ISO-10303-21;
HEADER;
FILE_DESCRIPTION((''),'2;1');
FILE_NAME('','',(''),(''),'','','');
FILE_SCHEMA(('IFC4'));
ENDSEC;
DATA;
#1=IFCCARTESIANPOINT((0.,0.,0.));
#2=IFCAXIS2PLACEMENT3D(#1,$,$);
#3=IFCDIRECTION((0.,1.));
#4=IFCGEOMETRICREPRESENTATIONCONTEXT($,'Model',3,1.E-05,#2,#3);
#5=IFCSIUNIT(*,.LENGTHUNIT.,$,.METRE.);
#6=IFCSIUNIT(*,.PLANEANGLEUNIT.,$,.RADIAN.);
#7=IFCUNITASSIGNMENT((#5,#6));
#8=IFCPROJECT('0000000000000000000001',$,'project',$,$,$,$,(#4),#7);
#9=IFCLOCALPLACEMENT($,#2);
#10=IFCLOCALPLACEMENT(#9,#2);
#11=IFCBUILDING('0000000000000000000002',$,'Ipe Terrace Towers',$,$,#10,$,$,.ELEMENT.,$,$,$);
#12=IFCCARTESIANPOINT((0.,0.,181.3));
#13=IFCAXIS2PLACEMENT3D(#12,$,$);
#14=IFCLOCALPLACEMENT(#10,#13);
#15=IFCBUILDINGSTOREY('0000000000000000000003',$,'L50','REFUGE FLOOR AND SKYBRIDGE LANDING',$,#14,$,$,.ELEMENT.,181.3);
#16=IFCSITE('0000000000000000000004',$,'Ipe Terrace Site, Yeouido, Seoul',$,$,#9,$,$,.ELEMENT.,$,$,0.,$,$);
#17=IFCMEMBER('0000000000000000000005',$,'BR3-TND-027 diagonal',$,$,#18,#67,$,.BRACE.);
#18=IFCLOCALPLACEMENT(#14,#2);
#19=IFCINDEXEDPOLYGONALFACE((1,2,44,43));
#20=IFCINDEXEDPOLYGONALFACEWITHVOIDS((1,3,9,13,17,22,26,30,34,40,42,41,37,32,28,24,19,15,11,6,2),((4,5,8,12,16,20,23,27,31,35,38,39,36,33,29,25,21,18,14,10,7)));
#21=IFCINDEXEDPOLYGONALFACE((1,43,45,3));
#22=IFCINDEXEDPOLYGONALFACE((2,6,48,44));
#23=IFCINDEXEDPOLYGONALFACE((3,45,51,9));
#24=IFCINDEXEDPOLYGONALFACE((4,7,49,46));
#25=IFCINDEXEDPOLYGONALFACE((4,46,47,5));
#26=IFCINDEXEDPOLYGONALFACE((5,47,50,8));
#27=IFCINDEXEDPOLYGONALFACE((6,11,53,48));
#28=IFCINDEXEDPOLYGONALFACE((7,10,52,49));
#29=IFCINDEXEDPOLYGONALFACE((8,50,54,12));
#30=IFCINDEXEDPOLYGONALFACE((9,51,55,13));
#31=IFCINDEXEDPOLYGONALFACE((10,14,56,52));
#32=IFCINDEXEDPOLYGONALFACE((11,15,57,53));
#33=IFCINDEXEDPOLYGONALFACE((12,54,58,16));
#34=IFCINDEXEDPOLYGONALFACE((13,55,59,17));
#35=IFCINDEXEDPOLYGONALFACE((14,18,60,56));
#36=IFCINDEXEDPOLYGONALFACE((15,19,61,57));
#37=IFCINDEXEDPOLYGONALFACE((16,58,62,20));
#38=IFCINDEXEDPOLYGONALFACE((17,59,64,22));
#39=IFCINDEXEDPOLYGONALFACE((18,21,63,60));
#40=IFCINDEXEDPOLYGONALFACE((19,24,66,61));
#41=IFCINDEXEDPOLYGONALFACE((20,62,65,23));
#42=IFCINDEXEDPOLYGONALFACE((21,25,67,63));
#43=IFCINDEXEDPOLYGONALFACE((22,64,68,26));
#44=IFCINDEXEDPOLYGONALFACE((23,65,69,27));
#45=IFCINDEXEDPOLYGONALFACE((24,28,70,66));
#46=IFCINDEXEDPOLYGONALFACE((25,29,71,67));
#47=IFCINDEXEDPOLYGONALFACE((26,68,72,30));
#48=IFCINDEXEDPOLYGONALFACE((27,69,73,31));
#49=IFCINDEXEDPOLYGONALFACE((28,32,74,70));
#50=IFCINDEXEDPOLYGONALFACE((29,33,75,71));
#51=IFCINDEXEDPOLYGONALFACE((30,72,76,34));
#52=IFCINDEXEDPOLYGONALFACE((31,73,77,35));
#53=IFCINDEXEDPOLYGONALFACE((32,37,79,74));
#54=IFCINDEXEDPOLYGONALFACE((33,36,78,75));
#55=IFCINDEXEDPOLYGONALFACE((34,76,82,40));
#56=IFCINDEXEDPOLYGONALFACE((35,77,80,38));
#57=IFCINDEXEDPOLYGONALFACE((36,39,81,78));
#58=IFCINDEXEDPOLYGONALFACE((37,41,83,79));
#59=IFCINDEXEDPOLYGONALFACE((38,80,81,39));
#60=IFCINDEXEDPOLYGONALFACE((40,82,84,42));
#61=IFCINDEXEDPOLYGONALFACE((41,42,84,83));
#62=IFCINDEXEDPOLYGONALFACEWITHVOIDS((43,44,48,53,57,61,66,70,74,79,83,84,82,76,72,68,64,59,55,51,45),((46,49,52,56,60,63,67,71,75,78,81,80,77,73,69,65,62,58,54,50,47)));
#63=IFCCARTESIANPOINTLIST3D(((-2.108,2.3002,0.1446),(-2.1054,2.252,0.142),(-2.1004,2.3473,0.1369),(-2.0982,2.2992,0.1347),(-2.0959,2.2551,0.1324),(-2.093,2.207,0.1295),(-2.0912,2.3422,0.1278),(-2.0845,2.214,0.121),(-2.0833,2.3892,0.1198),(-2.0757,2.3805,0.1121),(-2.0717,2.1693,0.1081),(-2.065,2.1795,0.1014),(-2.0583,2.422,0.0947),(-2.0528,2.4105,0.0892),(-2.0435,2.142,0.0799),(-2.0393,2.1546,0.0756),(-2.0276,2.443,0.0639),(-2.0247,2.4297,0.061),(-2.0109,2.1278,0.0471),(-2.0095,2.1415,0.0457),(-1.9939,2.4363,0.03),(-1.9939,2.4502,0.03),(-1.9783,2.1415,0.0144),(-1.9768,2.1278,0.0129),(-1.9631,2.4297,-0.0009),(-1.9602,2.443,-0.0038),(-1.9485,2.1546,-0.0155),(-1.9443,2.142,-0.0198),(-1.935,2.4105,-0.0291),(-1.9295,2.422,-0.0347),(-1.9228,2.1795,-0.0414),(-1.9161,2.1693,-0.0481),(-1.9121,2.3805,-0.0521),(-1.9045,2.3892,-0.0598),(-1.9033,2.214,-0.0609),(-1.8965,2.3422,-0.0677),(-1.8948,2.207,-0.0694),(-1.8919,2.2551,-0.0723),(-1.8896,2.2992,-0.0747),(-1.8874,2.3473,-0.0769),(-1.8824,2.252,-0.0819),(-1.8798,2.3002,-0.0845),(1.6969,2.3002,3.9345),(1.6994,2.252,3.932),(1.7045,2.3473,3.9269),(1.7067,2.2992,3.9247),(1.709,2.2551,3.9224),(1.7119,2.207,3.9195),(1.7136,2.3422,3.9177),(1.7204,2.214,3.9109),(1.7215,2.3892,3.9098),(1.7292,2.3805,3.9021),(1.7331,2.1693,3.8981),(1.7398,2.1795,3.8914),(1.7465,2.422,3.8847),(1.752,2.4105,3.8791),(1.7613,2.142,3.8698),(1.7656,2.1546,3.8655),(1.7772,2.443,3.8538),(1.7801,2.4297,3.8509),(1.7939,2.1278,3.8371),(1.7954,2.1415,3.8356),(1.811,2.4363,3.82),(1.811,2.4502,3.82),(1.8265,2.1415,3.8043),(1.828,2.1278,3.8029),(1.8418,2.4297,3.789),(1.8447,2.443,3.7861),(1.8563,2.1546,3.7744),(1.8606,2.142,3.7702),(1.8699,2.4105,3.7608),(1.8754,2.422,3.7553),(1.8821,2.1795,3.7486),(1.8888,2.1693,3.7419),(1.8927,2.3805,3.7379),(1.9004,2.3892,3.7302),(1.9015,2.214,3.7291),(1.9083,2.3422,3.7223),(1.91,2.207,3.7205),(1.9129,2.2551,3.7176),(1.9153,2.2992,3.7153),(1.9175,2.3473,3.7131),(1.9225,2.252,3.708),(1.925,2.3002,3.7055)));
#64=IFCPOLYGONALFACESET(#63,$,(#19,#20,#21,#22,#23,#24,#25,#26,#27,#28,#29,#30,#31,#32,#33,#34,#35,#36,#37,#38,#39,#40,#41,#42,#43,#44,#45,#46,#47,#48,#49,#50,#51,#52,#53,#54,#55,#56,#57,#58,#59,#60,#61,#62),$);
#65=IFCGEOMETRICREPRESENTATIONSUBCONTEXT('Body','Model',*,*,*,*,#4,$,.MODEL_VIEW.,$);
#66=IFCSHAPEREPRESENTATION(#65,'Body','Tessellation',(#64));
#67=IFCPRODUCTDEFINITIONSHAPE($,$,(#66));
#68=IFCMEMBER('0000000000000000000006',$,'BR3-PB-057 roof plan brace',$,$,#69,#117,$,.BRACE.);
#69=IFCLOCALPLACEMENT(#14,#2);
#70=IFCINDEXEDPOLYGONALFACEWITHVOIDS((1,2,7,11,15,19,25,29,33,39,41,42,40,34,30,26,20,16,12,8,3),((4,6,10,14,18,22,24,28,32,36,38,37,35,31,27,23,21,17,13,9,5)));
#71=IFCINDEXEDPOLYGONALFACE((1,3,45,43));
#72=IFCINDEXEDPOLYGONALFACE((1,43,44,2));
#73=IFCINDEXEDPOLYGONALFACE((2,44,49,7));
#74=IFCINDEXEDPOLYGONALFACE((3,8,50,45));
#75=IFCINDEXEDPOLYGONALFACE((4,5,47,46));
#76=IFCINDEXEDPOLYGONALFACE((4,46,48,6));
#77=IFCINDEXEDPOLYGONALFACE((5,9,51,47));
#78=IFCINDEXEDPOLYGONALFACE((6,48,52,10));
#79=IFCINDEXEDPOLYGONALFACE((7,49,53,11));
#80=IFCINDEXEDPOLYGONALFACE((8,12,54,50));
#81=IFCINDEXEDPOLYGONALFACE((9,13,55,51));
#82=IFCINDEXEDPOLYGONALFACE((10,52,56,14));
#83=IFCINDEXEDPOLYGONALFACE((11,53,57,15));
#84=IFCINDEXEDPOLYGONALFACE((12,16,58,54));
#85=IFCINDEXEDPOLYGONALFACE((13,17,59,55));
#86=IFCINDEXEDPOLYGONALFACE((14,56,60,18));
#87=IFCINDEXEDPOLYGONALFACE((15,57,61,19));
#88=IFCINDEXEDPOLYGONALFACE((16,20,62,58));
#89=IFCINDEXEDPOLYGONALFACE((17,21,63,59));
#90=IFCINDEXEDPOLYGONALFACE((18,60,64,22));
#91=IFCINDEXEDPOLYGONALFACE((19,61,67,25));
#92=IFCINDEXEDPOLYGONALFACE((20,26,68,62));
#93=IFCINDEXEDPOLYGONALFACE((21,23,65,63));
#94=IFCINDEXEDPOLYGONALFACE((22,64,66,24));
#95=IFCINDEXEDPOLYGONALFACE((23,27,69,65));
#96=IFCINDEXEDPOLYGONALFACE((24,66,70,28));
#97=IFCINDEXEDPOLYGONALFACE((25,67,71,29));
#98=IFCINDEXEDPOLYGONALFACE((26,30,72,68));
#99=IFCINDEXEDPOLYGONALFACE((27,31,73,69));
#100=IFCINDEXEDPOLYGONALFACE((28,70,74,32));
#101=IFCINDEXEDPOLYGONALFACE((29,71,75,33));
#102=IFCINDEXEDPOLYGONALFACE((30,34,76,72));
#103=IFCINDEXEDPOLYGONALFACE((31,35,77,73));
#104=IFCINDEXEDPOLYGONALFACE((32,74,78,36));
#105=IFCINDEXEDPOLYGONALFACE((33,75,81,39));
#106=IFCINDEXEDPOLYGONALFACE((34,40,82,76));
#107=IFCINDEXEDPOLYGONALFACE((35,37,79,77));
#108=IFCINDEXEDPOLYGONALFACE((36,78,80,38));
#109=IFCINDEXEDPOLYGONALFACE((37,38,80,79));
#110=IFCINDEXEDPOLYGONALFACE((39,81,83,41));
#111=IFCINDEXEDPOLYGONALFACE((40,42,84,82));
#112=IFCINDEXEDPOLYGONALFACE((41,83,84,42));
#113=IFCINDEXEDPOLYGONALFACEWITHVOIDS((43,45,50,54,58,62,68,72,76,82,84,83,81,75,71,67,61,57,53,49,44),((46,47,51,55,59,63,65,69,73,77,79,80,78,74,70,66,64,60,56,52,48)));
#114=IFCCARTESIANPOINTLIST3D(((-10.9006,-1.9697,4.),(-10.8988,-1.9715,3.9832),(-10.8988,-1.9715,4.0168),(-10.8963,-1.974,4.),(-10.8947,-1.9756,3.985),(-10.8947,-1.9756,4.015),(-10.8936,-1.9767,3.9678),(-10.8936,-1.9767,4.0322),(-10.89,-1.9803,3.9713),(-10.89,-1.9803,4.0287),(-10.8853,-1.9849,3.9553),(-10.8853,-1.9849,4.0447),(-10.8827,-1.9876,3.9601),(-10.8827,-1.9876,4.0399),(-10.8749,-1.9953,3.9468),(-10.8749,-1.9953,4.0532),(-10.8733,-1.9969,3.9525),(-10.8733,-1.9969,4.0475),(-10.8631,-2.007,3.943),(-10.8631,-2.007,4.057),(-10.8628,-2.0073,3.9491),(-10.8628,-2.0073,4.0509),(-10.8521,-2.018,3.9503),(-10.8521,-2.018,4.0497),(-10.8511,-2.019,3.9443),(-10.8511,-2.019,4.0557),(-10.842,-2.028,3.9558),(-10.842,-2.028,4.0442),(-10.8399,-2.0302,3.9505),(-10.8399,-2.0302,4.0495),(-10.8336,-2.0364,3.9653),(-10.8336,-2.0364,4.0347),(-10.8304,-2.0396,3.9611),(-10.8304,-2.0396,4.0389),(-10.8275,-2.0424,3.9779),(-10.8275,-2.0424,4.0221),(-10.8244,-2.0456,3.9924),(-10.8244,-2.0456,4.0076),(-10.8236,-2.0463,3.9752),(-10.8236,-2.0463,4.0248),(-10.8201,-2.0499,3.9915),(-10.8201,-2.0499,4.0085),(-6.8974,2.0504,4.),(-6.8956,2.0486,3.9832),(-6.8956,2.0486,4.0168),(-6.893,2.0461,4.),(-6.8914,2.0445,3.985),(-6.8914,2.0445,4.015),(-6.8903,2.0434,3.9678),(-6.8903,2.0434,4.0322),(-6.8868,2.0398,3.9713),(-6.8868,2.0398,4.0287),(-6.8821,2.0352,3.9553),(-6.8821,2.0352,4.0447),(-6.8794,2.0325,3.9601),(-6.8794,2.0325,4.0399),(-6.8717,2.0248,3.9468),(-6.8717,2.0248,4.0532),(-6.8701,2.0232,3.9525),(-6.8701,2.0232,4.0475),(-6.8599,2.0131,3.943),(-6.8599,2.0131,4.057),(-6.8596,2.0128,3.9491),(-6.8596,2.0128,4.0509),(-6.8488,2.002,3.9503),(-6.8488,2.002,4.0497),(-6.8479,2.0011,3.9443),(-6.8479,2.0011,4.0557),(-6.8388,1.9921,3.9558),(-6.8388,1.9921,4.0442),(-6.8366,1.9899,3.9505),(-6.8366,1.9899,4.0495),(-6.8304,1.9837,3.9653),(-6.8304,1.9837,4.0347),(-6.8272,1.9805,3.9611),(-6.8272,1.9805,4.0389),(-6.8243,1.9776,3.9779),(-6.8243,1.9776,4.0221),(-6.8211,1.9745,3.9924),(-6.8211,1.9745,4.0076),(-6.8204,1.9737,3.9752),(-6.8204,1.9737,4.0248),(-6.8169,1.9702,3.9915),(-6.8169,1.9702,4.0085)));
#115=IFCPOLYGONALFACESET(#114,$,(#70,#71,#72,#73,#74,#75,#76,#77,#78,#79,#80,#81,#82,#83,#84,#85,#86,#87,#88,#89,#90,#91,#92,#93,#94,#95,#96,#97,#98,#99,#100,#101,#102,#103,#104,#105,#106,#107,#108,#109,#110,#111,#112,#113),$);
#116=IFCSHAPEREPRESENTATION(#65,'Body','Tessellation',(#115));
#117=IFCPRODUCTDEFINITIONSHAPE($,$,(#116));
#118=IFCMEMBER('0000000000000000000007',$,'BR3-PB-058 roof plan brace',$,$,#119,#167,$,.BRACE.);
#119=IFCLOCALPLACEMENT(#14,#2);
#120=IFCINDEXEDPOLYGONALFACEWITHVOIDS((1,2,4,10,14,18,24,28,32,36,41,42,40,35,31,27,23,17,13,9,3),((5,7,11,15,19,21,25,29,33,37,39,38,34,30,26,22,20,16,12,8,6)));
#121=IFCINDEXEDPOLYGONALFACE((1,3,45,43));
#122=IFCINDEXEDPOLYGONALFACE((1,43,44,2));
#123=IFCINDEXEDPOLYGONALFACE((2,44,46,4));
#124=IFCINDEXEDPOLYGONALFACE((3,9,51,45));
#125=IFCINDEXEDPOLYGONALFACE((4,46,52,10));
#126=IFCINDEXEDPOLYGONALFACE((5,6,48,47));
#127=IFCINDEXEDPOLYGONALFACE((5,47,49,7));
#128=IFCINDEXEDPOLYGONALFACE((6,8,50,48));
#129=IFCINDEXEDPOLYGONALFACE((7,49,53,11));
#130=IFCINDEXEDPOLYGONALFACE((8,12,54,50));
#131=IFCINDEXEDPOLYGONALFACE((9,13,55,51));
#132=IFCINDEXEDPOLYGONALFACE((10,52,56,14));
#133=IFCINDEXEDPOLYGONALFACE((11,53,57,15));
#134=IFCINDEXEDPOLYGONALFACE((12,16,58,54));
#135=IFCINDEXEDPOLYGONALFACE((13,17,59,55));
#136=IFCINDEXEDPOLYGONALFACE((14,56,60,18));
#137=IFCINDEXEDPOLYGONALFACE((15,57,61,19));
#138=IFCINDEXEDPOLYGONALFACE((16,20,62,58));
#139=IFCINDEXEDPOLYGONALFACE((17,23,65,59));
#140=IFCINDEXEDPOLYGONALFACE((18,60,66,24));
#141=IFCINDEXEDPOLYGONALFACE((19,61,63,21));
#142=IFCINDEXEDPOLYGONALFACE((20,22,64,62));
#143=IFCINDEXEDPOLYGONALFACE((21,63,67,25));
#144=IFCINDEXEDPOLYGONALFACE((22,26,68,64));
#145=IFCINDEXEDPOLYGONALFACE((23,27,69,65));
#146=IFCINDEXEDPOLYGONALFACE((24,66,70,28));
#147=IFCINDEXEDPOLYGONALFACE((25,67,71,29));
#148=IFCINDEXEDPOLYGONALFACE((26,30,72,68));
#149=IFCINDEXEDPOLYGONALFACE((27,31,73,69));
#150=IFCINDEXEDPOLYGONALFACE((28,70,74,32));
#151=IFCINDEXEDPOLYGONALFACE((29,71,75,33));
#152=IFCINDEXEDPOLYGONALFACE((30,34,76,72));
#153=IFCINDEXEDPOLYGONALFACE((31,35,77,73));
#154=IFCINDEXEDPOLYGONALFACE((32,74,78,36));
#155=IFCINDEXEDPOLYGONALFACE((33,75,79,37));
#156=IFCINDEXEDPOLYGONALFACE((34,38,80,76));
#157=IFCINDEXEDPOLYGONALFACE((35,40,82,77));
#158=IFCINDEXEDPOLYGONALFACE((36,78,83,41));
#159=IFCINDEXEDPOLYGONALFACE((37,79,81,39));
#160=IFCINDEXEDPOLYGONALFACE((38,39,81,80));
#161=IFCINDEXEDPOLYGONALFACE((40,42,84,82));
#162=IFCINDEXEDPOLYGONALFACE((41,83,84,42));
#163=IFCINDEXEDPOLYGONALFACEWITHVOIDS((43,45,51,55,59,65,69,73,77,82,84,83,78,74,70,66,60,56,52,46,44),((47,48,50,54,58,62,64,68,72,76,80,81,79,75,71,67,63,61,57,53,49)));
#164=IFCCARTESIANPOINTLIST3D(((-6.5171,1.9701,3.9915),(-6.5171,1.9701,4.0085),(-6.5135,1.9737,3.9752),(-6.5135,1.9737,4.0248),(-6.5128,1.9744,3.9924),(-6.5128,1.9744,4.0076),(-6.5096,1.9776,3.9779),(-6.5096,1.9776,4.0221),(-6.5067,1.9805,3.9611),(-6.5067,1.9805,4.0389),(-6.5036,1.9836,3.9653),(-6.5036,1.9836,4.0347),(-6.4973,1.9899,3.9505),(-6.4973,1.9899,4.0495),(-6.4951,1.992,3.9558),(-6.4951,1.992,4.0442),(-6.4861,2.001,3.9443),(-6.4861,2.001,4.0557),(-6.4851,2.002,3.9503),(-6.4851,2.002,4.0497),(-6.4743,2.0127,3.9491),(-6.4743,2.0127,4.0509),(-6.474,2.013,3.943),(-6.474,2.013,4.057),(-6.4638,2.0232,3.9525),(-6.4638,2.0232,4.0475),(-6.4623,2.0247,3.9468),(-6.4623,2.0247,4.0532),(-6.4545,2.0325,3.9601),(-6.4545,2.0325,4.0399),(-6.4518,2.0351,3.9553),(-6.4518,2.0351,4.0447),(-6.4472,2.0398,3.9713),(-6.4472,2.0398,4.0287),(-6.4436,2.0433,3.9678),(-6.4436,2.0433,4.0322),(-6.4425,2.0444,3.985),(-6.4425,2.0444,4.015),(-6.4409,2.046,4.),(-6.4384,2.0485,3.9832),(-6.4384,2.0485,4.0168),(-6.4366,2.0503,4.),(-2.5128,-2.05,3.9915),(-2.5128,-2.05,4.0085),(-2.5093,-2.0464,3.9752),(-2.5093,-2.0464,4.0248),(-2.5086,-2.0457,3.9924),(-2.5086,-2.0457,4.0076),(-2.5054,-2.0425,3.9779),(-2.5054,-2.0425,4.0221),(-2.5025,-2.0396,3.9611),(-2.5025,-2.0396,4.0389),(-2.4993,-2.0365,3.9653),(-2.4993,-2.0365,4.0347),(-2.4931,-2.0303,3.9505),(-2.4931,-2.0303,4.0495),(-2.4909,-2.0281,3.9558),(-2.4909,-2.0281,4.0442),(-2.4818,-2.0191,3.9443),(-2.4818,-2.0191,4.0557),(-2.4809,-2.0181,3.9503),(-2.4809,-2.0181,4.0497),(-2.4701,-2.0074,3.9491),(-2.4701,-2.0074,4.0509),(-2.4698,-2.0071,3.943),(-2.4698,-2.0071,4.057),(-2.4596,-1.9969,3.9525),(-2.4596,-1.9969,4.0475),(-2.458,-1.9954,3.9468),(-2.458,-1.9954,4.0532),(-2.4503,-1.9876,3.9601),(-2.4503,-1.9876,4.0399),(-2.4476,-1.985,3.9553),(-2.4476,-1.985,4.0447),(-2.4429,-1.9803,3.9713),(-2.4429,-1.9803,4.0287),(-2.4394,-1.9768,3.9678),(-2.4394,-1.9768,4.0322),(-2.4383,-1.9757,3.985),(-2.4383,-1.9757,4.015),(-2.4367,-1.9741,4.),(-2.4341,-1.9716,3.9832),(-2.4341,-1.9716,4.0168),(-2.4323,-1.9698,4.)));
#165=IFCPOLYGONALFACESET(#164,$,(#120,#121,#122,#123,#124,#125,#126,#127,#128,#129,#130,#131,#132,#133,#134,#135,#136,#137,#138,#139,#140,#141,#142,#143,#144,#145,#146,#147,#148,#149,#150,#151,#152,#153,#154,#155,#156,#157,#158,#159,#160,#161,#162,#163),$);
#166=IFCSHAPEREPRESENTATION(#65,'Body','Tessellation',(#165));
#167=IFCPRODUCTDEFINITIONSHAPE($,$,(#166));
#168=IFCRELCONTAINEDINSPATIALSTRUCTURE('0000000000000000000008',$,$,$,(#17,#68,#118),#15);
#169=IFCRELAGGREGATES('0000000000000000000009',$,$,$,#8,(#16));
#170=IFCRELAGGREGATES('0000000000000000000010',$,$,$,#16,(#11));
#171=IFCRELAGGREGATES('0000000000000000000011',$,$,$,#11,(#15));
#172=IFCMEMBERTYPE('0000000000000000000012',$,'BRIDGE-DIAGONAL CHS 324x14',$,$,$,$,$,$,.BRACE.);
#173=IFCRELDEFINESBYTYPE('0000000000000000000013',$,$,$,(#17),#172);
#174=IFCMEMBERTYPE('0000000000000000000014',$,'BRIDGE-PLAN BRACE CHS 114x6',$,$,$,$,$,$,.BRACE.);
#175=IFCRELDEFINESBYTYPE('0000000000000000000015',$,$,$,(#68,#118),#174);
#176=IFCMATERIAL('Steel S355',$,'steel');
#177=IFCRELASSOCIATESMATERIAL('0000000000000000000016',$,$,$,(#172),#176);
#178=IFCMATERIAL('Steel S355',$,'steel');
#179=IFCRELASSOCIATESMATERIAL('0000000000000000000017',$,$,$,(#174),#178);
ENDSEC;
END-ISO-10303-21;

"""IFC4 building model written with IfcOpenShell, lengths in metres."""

from ifc_helpers import new_model, si_unit, direction, frame, origin, origin_2d, place, context, subcontext, project, spatial, hollow_circle, extrude, material, material_profile, profile_set, type_object, element, save


model = new_model("IFC4")

# Units and contexts
model_context = context("Model", 3, precision=1e-05, world=origin(), true_north=direction((0.0, 1.0)))
body_context = subcontext(model_context, "Body", "Model", "MODEL_VIEW")
ifc_project = project(units=[si_unit("LENGTHUNIT", "METRE"), si_unit("PLANEANGLEUNIT", "RADIAN")], contexts=[model_context])

# Site, building, storey
site_placement = place(None, origin())
site = spatial("IfcSite", under=ifc_project, at=site_placement, Name="Ipe Terrace Site, Yeouido, Seoul", CompositionType="ELEMENT", RefElevation=0.0)
building_placement = place(site_placement, origin())
building = spatial("IfcBuilding", under=site, at=building_placement, Name="Ipe Terrace Towers", CompositionType="ELEMENT")
storey_placement = place(building_placement, frame((0.0, 0.0, 181.3)))
storey = spatial("IfcBuildingStorey", under=building, at=storey_placement, Name="L50", Description="REFUGE FLOOR AND SKYBRIDGE LANDING", CompositionType="ELEMENT", Elevation=181.3)

# Members
ifc_material_1 = material(Name="Steel S355", Category="steel")
ifc_material_profile_1 = material_profile(ifc_material_1, hollow_circle(Radius=0.1621, WallThickness=0.0139, at=origin_2d()), Name="BRIDGE-DIAGONAL CHS 324x14")
ifc_profile_set_1 = profile_set([ifc_material_profile_1], Name="Steel S355")
member_type_1 = type_object("IfcMemberType", Name="BRIDGE-DIAGONAL CHS 324x14", PredefinedType="BRACE", material=ifc_profile_set_1)
member_1_placement = place(storey_placement, frame((-1.9939, 2.2881, 0.03), z_axis=(0.708492, 0.0, 0.705719), x_axis=(0.0, 1.0, 0.0)))
element("IfcMember", 1, at=member_1_placement, inside=storey, type_object=member_type_1, Name="BR3-TND-027 diagonal", PredefinedType="BRACE", context=body_context, shape_type="SweptSolid", body=[
    extrude(hollow_circle(Radius=0.1621, WallThickness=0.0139, at=origin_2d()), origin(), (0.0, 0.0, 1.0), 5.3704),
])
ifc_material_2 = material(Name="Steel S355", Category="steel")
ifc_material_profile_2 = material_profile(ifc_material_2, hollow_circle(Radius=0.0571, WallThickness=0.0061, at=origin_2d()), Name="BRIDGE-PLAN BRACE CHS 114x6")
ifc_profile_set_2 = profile_set([ifc_material_profile_2], Name="Steel S355")
member_type_2 = type_object("IfcMemberType", Name="BRIDGE-PLAN BRACE CHS 114x6", PredefinedType="BRACE", material=ifc_profile_set_2)
member_2_placement = place(storey_placement, frame((-10.8601, -2.01, 4.0), z_axis=(0.705621, 0.70859, 0.0), x_axis=(-0.70859, 0.705621, 0.0)))
element("IfcMember", 2, at=member_2_placement, inside=storey, type_object=member_type_2, Name="BR3-PB-057 roof plan brace", PredefinedType="BRACE", context=body_context, shape_type="SweptSolid", body=[
    extrude(hollow_circle(Radius=0.0571, WallThickness=0.0061, at=origin_2d()), origin(), (0.0, 0.0, 1.0), 5.6733),
])
member_3_placement = place(storey_placement, frame((-6.4771, 2.01, 4.0), z_axis=(0.705707, -0.708504, 0.0), x_axis=(0.708504, 0.705707, 0.0)))
element("IfcMember", 3, at=member_3_placement, inside=storey, type_object=member_type_2, Name="BR3-PB-058 roof plan brace", PredefinedType="BRACE", context=body_context, shape_type="SweptSolid", body=[
    extrude(hollow_circle(Radius=0.0571, WallThickness=0.0061, at=origin_2d()), origin(), (0.0, 0.0, 1.0), 5.6741),
])

save(model, "model.ifc")
